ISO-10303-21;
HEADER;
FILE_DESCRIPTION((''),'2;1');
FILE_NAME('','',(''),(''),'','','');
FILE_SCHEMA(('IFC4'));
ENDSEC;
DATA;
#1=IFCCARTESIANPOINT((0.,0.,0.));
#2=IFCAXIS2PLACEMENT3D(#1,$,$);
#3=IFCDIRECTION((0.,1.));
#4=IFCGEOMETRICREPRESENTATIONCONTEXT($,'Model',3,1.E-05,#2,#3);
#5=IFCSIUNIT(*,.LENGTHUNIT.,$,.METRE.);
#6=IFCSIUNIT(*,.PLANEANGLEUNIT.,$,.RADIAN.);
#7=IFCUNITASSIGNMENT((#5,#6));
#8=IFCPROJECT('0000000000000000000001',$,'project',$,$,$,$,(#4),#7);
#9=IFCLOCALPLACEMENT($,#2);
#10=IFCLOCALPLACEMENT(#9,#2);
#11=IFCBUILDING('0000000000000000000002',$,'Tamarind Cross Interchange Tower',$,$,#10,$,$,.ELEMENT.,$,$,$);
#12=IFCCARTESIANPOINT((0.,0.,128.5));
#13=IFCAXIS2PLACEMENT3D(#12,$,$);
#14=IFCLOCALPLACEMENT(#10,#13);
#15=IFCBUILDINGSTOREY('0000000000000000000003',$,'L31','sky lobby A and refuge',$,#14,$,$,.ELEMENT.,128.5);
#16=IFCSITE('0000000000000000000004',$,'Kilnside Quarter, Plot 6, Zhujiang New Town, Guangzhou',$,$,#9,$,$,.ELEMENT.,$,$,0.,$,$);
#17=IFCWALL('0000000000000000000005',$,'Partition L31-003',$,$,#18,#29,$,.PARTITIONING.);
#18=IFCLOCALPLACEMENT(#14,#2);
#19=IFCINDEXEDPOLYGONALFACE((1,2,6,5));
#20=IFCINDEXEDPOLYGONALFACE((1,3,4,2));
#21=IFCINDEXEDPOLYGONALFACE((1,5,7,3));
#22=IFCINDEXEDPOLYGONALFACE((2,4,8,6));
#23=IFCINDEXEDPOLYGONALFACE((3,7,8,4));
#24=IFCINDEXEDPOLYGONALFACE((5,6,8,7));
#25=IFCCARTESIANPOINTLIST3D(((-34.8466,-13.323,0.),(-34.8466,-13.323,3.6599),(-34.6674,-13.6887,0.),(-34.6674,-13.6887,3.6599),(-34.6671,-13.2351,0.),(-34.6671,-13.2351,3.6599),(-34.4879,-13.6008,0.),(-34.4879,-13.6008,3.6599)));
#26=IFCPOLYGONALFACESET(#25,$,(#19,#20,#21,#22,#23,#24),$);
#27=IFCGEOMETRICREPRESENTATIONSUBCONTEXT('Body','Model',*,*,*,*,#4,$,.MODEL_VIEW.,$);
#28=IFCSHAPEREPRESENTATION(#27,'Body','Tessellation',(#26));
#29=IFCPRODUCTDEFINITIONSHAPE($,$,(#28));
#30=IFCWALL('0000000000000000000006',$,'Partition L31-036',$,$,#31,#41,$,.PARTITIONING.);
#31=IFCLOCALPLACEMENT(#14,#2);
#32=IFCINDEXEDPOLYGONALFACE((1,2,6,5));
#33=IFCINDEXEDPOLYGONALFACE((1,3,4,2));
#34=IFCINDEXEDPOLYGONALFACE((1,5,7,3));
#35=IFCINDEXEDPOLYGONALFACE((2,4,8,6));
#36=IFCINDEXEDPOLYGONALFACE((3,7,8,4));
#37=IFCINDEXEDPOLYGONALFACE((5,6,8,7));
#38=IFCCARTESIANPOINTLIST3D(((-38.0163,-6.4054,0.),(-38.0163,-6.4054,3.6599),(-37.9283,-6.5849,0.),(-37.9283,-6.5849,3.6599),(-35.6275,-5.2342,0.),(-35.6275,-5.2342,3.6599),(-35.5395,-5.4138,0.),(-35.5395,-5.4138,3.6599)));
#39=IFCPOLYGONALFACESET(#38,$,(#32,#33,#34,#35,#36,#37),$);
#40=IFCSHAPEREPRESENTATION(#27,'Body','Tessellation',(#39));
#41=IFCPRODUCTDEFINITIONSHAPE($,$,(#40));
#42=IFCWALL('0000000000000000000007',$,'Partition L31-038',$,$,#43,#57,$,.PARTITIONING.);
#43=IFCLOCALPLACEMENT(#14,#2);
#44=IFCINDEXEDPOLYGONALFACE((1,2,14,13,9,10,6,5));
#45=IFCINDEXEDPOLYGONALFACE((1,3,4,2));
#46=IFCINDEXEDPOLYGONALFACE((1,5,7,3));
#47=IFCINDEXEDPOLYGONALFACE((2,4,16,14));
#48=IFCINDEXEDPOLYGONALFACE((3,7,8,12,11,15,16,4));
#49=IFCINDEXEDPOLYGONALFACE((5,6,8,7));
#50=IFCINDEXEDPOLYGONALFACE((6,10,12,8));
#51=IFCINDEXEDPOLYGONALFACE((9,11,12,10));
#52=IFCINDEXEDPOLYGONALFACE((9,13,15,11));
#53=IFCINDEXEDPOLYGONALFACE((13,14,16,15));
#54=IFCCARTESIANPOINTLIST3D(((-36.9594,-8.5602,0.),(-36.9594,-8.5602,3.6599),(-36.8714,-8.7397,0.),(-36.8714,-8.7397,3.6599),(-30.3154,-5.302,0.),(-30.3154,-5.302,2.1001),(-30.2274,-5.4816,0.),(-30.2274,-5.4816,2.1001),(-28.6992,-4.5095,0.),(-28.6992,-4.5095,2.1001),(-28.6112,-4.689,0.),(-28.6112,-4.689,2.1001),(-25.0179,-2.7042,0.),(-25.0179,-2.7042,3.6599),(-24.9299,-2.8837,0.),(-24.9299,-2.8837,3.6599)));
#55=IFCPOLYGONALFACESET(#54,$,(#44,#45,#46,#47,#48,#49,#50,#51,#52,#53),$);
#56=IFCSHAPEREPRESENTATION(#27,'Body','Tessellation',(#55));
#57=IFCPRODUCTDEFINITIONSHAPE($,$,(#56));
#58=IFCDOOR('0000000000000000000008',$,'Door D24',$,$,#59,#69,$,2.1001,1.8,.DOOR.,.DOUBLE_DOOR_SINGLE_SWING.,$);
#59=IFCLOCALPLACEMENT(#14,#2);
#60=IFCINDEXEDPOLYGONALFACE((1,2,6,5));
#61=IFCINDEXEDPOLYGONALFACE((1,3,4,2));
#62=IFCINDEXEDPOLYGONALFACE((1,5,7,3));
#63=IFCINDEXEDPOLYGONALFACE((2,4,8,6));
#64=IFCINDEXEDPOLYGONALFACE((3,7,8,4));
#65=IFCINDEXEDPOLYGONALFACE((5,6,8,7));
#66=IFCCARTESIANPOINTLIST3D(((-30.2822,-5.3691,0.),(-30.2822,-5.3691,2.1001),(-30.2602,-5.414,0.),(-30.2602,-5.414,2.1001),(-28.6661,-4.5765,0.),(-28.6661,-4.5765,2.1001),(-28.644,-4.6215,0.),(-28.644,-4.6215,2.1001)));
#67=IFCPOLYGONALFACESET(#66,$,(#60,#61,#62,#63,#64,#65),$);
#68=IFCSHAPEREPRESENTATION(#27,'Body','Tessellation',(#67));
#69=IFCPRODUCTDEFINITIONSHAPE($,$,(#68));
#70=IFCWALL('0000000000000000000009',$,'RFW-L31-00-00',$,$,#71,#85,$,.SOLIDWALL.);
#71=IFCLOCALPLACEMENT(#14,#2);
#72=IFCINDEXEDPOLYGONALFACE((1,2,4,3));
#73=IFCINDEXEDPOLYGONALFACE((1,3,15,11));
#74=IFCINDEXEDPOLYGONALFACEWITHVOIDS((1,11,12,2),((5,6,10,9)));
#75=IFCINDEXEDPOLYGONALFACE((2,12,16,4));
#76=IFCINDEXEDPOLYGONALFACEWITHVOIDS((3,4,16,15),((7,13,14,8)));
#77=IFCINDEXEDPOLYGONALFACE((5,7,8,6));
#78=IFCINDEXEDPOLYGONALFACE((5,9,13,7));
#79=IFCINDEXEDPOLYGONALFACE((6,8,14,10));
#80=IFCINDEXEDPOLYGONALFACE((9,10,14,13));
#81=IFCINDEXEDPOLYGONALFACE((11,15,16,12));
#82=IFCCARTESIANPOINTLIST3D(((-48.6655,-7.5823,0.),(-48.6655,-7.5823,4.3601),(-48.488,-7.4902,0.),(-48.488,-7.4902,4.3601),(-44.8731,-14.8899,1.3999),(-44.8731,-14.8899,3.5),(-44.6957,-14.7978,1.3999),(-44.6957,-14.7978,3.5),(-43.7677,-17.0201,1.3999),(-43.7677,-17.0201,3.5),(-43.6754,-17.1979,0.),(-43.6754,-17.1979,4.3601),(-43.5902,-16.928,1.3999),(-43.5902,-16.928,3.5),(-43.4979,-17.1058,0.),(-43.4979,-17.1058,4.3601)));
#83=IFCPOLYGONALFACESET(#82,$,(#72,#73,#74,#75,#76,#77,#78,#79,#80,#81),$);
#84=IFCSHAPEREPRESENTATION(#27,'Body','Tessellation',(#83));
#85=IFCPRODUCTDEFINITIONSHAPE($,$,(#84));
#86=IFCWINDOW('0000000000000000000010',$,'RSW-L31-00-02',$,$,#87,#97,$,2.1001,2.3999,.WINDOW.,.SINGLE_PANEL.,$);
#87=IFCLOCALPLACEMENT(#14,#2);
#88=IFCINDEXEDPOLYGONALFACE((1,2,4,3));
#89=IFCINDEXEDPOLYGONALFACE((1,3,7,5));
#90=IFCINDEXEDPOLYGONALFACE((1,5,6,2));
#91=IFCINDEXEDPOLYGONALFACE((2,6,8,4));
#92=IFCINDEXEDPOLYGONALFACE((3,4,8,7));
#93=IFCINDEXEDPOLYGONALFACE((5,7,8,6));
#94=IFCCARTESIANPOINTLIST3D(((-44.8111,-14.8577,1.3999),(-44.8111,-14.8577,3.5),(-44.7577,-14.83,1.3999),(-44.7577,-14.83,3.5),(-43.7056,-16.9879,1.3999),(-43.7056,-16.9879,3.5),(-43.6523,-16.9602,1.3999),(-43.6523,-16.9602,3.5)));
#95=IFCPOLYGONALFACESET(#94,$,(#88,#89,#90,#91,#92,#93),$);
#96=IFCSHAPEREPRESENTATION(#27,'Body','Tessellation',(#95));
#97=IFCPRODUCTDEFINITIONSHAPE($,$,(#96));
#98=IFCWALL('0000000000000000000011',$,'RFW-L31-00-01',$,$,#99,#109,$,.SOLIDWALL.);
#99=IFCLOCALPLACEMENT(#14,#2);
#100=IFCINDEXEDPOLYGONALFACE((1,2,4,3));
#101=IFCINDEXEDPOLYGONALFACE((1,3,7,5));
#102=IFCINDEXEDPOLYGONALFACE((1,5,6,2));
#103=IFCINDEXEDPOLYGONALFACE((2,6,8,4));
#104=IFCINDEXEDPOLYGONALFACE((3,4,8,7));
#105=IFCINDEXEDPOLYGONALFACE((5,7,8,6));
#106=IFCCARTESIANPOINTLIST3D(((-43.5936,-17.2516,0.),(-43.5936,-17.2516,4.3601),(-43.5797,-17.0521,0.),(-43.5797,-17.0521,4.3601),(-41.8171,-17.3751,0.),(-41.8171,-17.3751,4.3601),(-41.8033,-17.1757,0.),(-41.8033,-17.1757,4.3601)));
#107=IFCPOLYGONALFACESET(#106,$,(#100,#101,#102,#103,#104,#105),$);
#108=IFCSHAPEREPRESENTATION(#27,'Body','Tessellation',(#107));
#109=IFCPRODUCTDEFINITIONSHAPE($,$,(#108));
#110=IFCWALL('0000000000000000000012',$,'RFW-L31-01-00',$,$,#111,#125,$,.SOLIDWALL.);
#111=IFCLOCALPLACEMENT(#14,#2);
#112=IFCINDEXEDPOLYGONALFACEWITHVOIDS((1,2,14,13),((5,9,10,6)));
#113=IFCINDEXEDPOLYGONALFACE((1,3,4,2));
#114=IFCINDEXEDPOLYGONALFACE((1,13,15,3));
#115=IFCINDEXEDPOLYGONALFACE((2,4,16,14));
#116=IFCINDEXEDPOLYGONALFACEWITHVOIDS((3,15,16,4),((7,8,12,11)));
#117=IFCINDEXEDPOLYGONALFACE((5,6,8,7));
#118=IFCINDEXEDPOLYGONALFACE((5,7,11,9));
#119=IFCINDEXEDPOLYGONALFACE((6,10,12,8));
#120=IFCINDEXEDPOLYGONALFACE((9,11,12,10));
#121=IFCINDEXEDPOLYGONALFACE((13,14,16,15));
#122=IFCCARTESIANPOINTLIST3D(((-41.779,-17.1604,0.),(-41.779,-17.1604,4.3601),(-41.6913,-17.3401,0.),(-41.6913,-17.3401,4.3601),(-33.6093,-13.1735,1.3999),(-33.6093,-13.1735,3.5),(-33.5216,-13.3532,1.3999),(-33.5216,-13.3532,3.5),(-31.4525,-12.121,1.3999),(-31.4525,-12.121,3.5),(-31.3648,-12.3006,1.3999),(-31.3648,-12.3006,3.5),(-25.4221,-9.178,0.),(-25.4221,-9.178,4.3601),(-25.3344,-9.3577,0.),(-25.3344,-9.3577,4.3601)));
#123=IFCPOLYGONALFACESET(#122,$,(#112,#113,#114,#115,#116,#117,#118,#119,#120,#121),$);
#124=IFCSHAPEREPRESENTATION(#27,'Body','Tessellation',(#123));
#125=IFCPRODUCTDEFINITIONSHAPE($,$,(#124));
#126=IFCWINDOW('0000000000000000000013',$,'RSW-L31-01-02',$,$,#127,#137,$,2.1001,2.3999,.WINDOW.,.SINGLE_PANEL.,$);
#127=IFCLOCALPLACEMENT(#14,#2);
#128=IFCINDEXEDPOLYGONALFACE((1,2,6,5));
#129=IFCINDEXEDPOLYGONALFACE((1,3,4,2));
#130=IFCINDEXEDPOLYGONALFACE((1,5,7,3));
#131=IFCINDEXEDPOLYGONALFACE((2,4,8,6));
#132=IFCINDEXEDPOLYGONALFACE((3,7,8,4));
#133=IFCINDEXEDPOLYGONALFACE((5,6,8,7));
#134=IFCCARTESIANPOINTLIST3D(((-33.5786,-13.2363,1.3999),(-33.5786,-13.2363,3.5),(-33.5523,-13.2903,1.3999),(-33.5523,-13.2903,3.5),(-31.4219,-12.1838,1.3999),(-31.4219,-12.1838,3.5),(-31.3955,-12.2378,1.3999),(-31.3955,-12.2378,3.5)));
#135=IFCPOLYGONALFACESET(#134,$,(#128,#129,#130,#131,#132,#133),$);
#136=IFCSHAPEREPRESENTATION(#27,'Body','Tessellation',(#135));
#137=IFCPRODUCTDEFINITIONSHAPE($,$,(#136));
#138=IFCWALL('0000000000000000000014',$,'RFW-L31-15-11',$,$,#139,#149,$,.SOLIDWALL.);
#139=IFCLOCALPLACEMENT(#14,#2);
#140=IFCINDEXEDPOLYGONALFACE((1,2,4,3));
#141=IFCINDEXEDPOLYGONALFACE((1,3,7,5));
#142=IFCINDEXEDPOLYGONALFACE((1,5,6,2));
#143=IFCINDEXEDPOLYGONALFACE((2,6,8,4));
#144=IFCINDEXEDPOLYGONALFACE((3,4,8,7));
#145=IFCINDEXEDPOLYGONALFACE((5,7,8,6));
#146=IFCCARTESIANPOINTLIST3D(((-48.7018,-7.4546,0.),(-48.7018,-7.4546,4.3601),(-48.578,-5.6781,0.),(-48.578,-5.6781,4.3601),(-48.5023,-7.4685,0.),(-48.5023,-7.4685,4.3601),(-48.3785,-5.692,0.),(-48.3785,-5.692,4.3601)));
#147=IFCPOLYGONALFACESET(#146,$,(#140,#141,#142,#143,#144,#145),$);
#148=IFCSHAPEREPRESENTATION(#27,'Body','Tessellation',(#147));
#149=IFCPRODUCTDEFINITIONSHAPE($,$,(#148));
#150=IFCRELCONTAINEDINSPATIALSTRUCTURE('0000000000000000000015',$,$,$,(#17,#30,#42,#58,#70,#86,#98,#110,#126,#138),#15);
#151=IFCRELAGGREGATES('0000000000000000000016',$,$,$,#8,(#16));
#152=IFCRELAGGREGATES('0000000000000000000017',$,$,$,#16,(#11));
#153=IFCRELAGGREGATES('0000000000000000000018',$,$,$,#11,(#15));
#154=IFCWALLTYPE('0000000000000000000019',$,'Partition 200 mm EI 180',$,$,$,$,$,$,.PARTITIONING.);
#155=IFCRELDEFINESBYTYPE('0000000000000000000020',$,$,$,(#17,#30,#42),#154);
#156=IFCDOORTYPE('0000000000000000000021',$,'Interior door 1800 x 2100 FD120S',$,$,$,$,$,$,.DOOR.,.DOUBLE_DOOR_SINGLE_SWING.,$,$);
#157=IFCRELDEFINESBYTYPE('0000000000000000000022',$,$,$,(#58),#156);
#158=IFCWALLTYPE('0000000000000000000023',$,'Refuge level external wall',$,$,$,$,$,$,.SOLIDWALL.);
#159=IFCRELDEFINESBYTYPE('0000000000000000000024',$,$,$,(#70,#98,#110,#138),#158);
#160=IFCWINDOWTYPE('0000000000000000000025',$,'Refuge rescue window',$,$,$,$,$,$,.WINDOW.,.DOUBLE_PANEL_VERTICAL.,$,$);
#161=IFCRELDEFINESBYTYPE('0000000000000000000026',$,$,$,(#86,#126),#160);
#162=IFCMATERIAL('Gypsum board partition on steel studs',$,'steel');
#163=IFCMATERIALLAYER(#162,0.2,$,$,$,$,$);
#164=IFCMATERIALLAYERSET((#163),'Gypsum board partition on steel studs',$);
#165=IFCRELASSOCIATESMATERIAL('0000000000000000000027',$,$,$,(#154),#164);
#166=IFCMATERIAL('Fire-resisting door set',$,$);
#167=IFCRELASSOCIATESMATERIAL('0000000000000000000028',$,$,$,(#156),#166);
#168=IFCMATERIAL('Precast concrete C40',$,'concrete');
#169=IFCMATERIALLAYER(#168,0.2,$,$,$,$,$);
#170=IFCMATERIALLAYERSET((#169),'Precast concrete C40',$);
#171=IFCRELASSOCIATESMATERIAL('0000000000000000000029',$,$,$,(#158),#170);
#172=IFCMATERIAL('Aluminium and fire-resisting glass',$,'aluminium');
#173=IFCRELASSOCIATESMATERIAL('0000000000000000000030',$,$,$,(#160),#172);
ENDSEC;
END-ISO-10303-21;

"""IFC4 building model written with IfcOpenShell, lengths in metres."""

from ifc_helpers import new_model, si_unit, direction, frame, frame_2d, origin, place, context, subcontext, project, spatial, rectangle, extrude, material, layer, layer_set, type_object, element, fill, save


model = new_model("IFC4")

# Units and contexts
model_context = context("Model", 3, precision=1e-05, world=origin(), true_north=direction((0.0, 1.0)))
body_context = subcontext(model_context, "Body", "Model", "MODEL_VIEW")
ifc_project = project(units=[si_unit("LENGTHUNIT", "METRE"), si_unit("PLANEANGLEUNIT", "RADIAN")], contexts=[model_context])

# Site, building, storey
site_placement = place(None, origin())
site = spatial("IfcSite", under=ifc_project, at=site_placement, Name="Kilnside Quarter, Plot 6, Zhujiang New Town, Guangzhou", CompositionType="ELEMENT", RefElevation=0.0)
building_placement = place(site_placement, origin())
building = spatial("IfcBuilding", under=site, at=building_placement, Name="Tamarind Cross Interchange Tower", CompositionType="ELEMENT")
storey_placement = place(building_placement, frame((0.0, 0.0, 128.5)))
storey = spatial("IfcBuildingStorey", under=building, at=storey_placement, Name="L31", Description="sky lobby A and refuge", CompositionType="ELEMENT", Elevation=128.5)

# Shared definitions
ifc_material_1 = material(Name="Gypsum board partition on steel studs", Category="steel")
ifc_layer_1 = layer(ifc_material_1, 0.2)
ifc_layer_set_1 = layer_set([ifc_layer_1], Name="Gypsum board partition on steel studs")
wall_type_1 = type_object("IfcWallType", Name="Partition 200 mm EI 180", PredefinedType="PARTITIONING", material=ifc_layer_set_1)

# Shared definitions
ifc_material_2 = material(Name="Fire-resisting door set")
door_type = type_object("IfcDoorType", Name="Interior door 1800 x 2100 FD120S", OperationType="DOUBLE_DOOR_SINGLE_SWING", PredefinedType="DOOR", material=ifc_material_2)

# Walls
wall_1_placement = place(storey_placement, frame((-34.7568, -13.2791, 0.0), z_axis=(0.0, 0.0, 1.0), x_axis=(0.440006, -0.897995, 0.0)))
element("IfcWall", 1, at=wall_1_placement, inside=storey, type_object=wall_type_1, Name="Partition L31-003", PredefinedType="PARTITIONING", context=body_context, shape_type="SweptSolid", body=[
    extrude(rectangle(XDim=0.4072, YDim=0.2, at=frame_2d((0.2036, 0.0))), origin(), (0.0, 0.0, 1.0), 3.6599),
])
wall_2_placement = place(storey_placement, frame((-37.9722, -6.4951, 0.0), z_axis=(0.0, 0.0, 1.0), x_axis=(0.897887, 0.440225, 0.0)))
element("IfcWall", 2, at=wall_2_placement, inside=storey, type_object=wall_type_1, Name="Partition L31-036", PredefinedType="PARTITIONING", context=body_context, shape_type="SweptSolid", body=[
    extrude(rectangle(XDim=2.6604, YDim=0.2, at=frame_2d((1.3301, 0.0))), origin(), (0.0, 0.0, 1.0), 3.6599),
])

# Wall, opening, door
wall_3_placement = place(storey_placement, frame((-36.9153, -8.6499, 0.0), z_axis=(0.0, 0.0, 1.0), x_axis=(0.897852, 0.440298, 0.0)))
wall_3 = element("IfcWall", 3, at=wall_3_placement, inside=storey, type_object=wall_type_1, Name="Partition L31-038", PredefinedType="PARTITIONING", context=body_context, shape_type="SweptSolid", body=[
    extrude(rectangle(XDim=13.3, YDim=0.2, at=frame_2d((6.6499, 0.0))), origin(), (0.0, 0.0, 1.0), 3.6599),
])
opening_1_placement = place(wall_3_placement, frame((7.3999, 0.0, 0.0)))
opening_1 = element("IfcOpeningElement", 4, at=opening_1_placement, cuts=wall_3, PredefinedType="OPENING", context=body_context, shape_type="SweptSolid", body=[
    extrude(rectangle(XDim=1.8, YDim=2.1001, at=frame_2d((0.8999, 1.05))), frame((0.0, 0.1099, 0.0), z_axis=(0.0, -1.0, 0.0), x_axis=(1.0, 0.0, 0.0)), (0.0, 0.0, 1.0), 0.22),
])
door_1_placement = place(opening_1_placement, frame((1.8, 0.0, 0.0), z_axis=(0.0, 0.0, 1.0), x_axis=(-1.0, 0.0, 0.0)))
door_1 = element("IfcDoor", 5, at=door_1_placement, inside=storey, type_object=door_type, Name="Door D24", OperationType="DOUBLE_DOOR_SINGLE_SWING", OverallHeight=2.1001, OverallWidth=1.8, PredefinedType="DOOR", context=body_context, shape_type="SweptSolid", body=[
    extrude(rectangle(XDim=1.8, YDim=2.1001, at=frame_2d((0.8999, 1.05))), frame((0.0, 0.0249, 0.0), z_axis=(0.0, -1.0, 0.0), x_axis=(1.0, 0.0, 0.0)), (0.0, 0.0, 1.0), 0.05),
])
fill(opening_1, door_1)

# Wall, opening, window
ifc_material_3 = material(Name="Precast concrete C40", Category="concrete")
ifc_layer_2 = layer(ifc_material_3, 0.2)
ifc_layer_set_2 = layer_set([ifc_layer_2], Name="Precast concrete C40")
wall_type_2 = type_object("IfcWallType", Name="Refuge level external wall", PredefinedType="SOLIDWALL", material=ifc_layer_set_2)
wall_4_placement = place(storey_placement, frame((-48.5767, -7.5364, 0.0), z_axis=(0.0, 0.0, 1.0), x_axis=(0.460622, -0.887597, 0.0)))
wall_4 = element("IfcWall", 6, at=wall_4_placement, inside=storey, type_object=wall_type_2, Name="RFW-L31-00-00", PredefinedType="SOLIDWALL", context=body_context, shape_type="SweptSolid", body=[
    extrude(rectangle(XDim=10.8333, YDim=0.2, at=frame_2d((5.4165, 0.0))), origin(), (0.0, 0.0, 1.0), 4.3601),
])
opening_2_placement = place(wall_4_placement, frame((8.2329, 0.0, 1.3999)))
opening_2 = element("IfcOpeningElement", 7, at=opening_2_placement, cuts=wall_4, PredefinedType="OPENING", context=body_context, shape_type="SweptSolid", body=[
    extrude(rectangle(XDim=2.3999, YDim=2.1001, at=frame_2d((1.2, 1.05))), frame((0.0, 0.1099, 0.0), z_axis=(0.0, -1.0, 0.0), x_axis=(1.0, 0.0, 0.0)), (0.0, 0.0, 1.0), 0.22),
])
ifc_material_4 = material(Name="Aluminium and fire-resisting glass", Category="aluminium")
window_type = type_object("IfcWindowType", Name="Refuge rescue window", PartitioningType="DOUBLE_PANEL_VERTICAL", PredefinedType="WINDOW", material=ifc_material_4)
window_1_placement = place(opening_2_placement, origin())
window_1 = element("IfcWindow", 8, at=window_1_placement, inside=storey, type_object=window_type, Name="RSW-L31-00-02", OverallHeight=2.1001, OverallWidth=2.3999, PartitioningType="SINGLE_PANEL", PredefinedType="WINDOW", context=body_context, shape_type="SweptSolid", body=[
    extrude(rectangle(XDim=2.3999, YDim=2.1001, at=frame_2d((1.2, 1.05))), frame((0.0, 0.03, 0.0), z_axis=(0.0, -1.0, 0.0), x_axis=(1.0, 0.0, 0.0)), (0.0, 0.0, 1.0), 0.0601),
])
fill(opening_2, window_1)

# Wall
wall_5_placement = place(storey_placement, frame((-43.5867, -17.1519, 0.0), z_axis=(0.0, 0.0, 1.0), x_axis=(0.997591, -0.069376, 0.0)))
element("IfcWall", 9, at=wall_5_placement, inside=storey, type_object=wall_type_2, Name="RFW-L31-00-01", PredefinedType="SOLIDWALL", context=body_context, shape_type="SweptSolid", body=[
    extrude(rectangle(XDim=1.7808, YDim=0.2, at=frame_2d((0.8904, 0.0))), origin(), (0.0, 0.0, 1.0), 4.3601),
])

# Wall, opening, window
wall_6_placement = place(storey_placement, frame((-41.7351, -17.2502, 0.0), z_axis=(0.0, 0.0, 1.0), x_axis=(0.898694, 0.438576, 0.0)))
wall_6 = element("IfcWall", 10, at=wall_6_placement, inside=storey, type_object=wall_type_2, Name="RFW-L31-01-00", PredefinedType="SOLIDWALL", context=body_context, shape_type="SweptSolid", body=[
    extrude(rectangle(XDim=18.2007, YDim=0.2, at=frame_2d((9.1003, 0.0))), origin(), (0.0, 0.0, 1.0), 4.3601),
])
opening_3_placement = place(wall_6_placement, frame((9.0906, 0.0, 1.3999)))
opening_3 = element("IfcOpeningElement", 11, at=opening_3_placement, cuts=wall_6, PredefinedType="OPENING", context=body_context, shape_type="SweptSolid", body=[
    extrude(rectangle(XDim=2.3999, YDim=2.1001, at=frame_2d((1.2, 1.05))), frame((0.0, 0.1099, 0.0), z_axis=(0.0, -1.0, 0.0), x_axis=(1.0, 0.0, 0.0)), (0.0, 0.0, 1.0), 0.22),
])
window_2_placement = place(opening_3_placement, origin())
window_2 = element("IfcWindow", 12, at=window_2_placement, inside=storey, type_object=window_type, Name="RSW-L31-01-02", OverallHeight=2.1001, OverallWidth=2.3999, PartitioningType="SINGLE_PANEL", PredefinedType="WINDOW", context=body_context, shape_type="SweptSolid", body=[
    extrude(rectangle(XDim=2.3999, YDim=2.1001, at=frame_2d((1.2, 1.05))), frame((0.0, 0.03, 0.0), z_axis=(0.0, -1.0, 0.0), x_axis=(1.0, 0.0, 0.0)), (0.0, 0.0, 1.0), 0.0601),
])
fill(opening_3, window_2)

# Wall
wall_7_placement = place(storey_placement, frame((-48.4783, -5.6851, 0.0), z_axis=(0.0, 0.0, 1.0), x_axis=(-0.069513, -0.997581, 0.0)))
element("IfcWall", 13, at=wall_7_placement, inside=storey, type_object=wall_type_2, Name="RFW-L31-15-11", PredefinedType="SOLIDWALL", context=body_context, shape_type="SweptSolid", body=[
    extrude(rectangle(XDim=1.7808, YDim=0.2, at=frame_2d((0.8904, 0.0))), origin(), (0.0, 0.0, 1.0), 4.3601),
])

save(model, "model.ifc")
